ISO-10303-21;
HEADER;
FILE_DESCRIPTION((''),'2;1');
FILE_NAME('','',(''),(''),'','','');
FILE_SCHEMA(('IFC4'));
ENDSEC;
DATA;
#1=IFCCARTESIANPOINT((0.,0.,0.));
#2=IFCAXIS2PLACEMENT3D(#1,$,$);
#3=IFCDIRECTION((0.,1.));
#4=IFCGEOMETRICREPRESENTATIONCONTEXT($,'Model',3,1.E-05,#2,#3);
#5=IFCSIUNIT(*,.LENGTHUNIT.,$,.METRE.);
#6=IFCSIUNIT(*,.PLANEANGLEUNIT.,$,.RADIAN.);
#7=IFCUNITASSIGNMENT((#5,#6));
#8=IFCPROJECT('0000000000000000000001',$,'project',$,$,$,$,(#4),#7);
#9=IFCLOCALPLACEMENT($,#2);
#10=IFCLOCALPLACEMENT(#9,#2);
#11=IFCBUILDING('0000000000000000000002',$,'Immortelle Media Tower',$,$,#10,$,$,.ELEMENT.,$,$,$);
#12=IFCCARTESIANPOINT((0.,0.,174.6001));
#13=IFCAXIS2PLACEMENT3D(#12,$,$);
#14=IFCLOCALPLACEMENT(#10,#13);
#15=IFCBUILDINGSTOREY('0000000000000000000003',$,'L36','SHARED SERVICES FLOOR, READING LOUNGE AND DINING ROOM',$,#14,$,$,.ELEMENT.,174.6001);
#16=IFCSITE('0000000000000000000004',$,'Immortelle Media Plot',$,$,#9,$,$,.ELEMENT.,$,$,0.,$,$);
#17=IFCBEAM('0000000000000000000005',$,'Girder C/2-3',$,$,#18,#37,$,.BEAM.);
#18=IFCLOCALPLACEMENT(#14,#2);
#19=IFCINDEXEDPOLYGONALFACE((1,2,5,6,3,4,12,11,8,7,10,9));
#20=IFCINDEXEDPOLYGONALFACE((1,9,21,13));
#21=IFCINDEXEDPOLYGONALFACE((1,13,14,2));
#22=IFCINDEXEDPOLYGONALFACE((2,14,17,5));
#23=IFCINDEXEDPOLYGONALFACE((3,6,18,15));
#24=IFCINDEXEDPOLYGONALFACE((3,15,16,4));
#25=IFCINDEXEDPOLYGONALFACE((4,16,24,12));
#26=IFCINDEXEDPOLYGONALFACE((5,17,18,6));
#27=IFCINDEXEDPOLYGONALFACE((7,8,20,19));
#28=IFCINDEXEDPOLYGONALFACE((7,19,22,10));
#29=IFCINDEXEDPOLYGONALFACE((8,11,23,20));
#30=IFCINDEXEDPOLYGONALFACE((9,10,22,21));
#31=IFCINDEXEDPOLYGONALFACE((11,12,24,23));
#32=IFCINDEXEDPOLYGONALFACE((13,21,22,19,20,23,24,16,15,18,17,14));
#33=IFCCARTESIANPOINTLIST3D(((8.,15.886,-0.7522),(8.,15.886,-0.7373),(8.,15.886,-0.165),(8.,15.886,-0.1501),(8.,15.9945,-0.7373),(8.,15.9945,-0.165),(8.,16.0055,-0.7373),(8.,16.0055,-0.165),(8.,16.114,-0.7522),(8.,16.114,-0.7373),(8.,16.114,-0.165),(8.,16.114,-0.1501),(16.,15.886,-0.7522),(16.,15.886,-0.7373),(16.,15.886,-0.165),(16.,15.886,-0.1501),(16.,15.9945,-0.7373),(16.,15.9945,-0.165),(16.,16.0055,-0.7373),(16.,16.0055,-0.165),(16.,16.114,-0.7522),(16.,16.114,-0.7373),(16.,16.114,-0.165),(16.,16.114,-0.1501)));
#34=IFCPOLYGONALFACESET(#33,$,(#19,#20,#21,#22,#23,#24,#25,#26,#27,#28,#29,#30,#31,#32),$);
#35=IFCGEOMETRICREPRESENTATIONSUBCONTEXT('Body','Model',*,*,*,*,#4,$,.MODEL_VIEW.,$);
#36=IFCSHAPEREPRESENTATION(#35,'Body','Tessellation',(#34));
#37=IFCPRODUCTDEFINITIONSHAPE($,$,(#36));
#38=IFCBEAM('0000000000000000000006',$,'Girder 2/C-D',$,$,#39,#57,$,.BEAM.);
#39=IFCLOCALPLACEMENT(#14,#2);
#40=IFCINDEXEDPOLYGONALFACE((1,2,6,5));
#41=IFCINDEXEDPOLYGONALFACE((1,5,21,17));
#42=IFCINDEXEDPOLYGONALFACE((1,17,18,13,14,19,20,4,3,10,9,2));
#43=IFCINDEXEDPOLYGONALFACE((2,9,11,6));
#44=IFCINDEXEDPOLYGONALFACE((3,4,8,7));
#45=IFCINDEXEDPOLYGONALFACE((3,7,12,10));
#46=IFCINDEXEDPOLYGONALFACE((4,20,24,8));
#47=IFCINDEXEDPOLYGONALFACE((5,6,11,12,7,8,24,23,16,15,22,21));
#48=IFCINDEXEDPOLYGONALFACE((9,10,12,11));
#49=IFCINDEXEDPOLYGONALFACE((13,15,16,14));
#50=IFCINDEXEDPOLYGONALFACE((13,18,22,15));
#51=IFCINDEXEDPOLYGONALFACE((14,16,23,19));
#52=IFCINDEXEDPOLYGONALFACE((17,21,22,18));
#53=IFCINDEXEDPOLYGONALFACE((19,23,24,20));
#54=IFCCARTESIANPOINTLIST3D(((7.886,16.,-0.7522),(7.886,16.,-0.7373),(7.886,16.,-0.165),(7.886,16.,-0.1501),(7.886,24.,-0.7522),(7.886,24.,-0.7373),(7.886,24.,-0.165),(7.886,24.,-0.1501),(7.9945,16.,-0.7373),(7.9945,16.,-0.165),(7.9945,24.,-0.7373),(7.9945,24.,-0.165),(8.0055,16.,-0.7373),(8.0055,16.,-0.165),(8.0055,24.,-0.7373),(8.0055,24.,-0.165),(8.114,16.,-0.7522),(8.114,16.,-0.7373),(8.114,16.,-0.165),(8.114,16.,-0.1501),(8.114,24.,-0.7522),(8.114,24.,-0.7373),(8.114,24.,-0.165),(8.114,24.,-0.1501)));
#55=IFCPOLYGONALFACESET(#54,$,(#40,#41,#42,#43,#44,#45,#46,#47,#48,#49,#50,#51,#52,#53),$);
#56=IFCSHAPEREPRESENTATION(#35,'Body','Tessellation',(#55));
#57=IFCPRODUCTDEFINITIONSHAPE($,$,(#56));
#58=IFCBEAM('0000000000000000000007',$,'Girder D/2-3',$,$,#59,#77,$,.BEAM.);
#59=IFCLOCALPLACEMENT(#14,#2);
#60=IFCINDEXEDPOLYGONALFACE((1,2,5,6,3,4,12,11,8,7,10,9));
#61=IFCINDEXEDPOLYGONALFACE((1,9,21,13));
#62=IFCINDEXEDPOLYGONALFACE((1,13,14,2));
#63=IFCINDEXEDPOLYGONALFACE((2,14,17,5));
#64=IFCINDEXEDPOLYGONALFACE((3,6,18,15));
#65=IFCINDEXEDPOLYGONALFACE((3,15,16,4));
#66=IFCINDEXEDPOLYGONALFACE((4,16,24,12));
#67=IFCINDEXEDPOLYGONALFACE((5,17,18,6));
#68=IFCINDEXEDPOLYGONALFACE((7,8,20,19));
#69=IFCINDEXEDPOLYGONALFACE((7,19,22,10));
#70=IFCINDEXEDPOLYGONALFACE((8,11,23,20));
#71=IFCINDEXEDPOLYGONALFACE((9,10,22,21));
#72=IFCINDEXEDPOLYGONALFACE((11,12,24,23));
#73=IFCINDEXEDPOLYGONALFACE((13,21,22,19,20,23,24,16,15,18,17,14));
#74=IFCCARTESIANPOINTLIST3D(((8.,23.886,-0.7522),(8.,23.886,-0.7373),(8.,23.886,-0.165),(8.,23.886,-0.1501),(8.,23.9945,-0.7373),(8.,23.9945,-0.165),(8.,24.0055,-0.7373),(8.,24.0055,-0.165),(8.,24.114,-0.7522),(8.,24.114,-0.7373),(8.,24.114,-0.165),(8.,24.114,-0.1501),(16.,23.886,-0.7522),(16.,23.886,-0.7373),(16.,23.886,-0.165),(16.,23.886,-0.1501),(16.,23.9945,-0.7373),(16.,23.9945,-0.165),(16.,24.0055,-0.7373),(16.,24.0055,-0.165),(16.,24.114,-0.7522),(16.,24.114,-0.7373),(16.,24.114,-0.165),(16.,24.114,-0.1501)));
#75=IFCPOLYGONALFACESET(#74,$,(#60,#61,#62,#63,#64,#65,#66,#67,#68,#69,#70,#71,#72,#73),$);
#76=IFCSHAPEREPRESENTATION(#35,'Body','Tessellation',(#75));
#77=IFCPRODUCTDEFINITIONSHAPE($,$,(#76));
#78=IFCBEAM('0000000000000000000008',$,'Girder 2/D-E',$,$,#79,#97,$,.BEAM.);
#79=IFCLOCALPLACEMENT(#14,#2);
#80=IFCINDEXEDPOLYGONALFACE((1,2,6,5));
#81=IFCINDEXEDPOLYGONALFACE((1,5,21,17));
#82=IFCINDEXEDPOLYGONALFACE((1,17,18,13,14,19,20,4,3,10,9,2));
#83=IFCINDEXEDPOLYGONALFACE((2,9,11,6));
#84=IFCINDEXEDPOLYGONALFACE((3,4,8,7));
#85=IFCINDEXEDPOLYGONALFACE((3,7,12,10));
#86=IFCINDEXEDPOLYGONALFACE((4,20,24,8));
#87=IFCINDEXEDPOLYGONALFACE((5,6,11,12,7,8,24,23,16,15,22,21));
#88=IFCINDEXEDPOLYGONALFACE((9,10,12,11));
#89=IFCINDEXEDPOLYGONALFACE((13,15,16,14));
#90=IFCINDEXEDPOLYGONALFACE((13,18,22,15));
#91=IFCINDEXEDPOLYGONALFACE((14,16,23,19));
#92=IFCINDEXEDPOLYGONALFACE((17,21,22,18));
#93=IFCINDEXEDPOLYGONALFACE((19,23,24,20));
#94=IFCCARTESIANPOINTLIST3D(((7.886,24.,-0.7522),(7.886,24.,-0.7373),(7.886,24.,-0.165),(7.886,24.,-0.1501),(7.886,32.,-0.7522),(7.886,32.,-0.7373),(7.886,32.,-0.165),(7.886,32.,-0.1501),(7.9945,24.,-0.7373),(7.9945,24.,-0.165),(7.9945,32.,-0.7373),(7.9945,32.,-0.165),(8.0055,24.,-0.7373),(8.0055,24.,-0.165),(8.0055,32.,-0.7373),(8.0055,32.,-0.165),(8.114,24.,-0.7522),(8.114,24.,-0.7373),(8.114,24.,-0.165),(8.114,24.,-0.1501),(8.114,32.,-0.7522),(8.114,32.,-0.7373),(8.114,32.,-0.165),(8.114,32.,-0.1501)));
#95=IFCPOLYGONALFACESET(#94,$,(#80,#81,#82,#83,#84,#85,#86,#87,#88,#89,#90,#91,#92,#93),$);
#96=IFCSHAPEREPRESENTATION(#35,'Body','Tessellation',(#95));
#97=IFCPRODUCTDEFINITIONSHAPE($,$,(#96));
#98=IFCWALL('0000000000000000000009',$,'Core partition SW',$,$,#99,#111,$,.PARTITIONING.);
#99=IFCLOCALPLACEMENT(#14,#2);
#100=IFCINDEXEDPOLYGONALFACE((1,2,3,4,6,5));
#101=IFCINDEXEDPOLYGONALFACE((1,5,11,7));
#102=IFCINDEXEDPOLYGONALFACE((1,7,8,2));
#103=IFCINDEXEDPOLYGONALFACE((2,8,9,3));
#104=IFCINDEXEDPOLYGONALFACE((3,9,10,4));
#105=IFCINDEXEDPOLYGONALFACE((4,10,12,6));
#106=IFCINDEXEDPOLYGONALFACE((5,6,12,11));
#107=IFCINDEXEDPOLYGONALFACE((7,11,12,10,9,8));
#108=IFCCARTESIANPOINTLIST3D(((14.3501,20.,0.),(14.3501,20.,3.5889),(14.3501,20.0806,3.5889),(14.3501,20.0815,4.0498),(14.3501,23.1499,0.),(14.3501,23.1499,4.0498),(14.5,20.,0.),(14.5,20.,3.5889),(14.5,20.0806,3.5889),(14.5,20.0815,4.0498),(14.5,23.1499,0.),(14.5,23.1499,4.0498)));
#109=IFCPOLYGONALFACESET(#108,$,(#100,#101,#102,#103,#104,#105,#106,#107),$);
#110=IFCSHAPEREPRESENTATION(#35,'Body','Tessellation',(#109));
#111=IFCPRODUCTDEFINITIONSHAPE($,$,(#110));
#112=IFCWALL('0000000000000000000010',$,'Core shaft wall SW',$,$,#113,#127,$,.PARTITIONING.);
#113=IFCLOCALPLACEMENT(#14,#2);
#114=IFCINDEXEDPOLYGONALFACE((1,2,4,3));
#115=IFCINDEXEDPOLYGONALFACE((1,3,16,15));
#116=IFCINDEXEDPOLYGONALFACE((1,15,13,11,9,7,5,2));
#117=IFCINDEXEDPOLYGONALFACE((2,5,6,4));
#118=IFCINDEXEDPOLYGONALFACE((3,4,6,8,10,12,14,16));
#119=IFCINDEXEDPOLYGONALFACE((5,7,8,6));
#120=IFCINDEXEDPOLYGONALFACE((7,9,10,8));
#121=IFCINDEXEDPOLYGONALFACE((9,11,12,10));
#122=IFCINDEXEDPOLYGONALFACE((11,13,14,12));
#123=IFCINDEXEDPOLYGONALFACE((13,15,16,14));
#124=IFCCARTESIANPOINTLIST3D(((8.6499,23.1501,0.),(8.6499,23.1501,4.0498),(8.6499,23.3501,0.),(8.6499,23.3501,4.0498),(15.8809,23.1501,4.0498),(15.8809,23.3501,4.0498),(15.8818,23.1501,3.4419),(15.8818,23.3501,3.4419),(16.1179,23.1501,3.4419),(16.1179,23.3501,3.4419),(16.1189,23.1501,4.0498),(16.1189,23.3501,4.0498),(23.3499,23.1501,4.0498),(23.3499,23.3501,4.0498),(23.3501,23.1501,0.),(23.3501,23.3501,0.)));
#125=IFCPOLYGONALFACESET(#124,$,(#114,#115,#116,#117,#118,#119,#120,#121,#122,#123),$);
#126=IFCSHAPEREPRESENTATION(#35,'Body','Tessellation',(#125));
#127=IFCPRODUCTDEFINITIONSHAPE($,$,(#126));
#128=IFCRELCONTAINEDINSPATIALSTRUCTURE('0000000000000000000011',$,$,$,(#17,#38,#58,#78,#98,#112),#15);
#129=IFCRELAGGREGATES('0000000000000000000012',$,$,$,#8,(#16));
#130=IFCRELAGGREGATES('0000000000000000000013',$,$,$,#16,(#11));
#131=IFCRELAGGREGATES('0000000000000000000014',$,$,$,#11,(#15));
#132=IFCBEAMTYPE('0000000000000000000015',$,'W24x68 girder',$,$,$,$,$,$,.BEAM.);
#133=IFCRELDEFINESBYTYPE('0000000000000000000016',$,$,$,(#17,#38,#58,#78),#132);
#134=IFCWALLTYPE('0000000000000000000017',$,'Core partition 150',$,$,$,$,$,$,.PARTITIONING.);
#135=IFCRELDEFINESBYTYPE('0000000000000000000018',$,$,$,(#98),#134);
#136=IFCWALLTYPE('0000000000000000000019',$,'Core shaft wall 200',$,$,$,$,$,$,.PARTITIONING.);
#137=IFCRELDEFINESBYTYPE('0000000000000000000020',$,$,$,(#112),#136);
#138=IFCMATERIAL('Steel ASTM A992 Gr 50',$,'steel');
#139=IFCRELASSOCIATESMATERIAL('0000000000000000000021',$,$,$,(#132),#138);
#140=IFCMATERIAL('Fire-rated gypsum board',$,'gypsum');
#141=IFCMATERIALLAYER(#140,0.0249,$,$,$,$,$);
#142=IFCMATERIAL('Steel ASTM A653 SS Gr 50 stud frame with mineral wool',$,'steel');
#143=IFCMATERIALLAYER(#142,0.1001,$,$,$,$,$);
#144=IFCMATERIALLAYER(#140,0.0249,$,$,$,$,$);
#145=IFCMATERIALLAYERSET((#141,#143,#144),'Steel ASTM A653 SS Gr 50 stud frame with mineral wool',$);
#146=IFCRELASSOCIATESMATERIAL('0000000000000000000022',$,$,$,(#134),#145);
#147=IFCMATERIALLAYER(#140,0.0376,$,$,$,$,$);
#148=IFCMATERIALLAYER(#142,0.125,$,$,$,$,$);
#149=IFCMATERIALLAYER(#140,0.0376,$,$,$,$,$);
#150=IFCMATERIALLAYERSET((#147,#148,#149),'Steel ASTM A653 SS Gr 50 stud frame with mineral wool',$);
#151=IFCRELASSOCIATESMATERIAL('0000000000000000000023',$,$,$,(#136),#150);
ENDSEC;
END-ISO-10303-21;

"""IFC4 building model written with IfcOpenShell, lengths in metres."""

from ifc_helpers import new_model, si_unit, direction, frame, origin, origin_2d, place, context, subcontext, project, spatial, polyline, i_section, outline, extrude, material, layer, layer_set, material_profile, profile_set, type_object, element, save


model = new_model("IFC4")

# Units and contexts
model_context = context("Model", 3, precision=1e-05, world=origin(), true_north=direction((0.0, 1.0)))
body_context = subcontext(model_context, "Body", "Model", "MODEL_VIEW")
ifc_project = project(units=[si_unit("LENGTHUNIT", "METRE"), si_unit("PLANEANGLEUNIT", "RADIAN")], contexts=[model_context])

# Site, building, storey
site_placement = place(None, origin())
site = spatial("IfcSite", under=ifc_project, at=site_placement, Name="Immortelle Media Plot", CompositionType="ELEMENT", RefElevation=0.0)
building_placement = place(site_placement, origin())
building = spatial("IfcBuilding", under=site, at=building_placement, Name="Immortelle Media Tower", CompositionType="ELEMENT")
storey_placement = place(building_placement, frame((0.0, 0.0, 174.6001)))
storey = spatial("IfcBuildingStorey", under=building, at=storey_placement, Name="L36", Description="SHARED SERVICES FLOOR, READING LOUNGE AND DINING ROOM", CompositionType="ELEMENT", Elevation=174.6001)

# Shared definitions
ifc_material_1 = material(Name="Steel ASTM A992 Gr 50", Category="steel")

# Beams
ifc_material_profile_1 = material_profile(ifc_material_1, i_section(OverallWidth=0.228, OverallDepth=0.6021, WebThickness=0.011, FlangeThickness=0.0149, at=origin_2d()), Name="W24x68")
ifc_profile_set_1 = profile_set([ifc_material_profile_1], Name="Steel ASTM A992 Gr 50")
beam_type_1 = type_object("IfcBeamType", Name="W24x68 girder", PredefinedType="BEAM", material=ifc_profile_set_1)
for number, where, z_axis, x_axis, name in (
    (1, (8.0, 16.0, -0.4512), (1.0, 0.0, 0.0), (0.0, 1.0, 0.0), "Girder C/2-3"),
    (2, (8.0, 16.0, -0.4512), (0.0, 1.0, 0.0), (-1.0, 0.0, 0.0), "Girder 2/C-D"),
    (3, (8.0, 24.0, -0.4512), (1.0, 0.0, 0.0), (0.0, 1.0, 0.0), "Girder D/2-3"),
    (4, (8.0, 24.0, -0.4512), (0.0, 1.0, 0.0), (-1.0, 0.0, 0.0), "Girder 2/D-E"),
):
    element("IfcBeam", number, at=place(storey_placement, frame(where, z_axis=z_axis, x_axis=x_axis)), inside=storey, type_object=beam_type_1, Name=name, PredefinedType="BEAM", context=body_context, shape_type="SweptSolid", body=[
        extrude(i_section(OverallWidth=0.228, OverallDepth=0.6021, WebThickness=0.011, FlangeThickness=0.0149, at=origin_2d()), origin(), (0.0, 0.0, 1.0), 8.0),
    ])

# Walls
ifc_material_2 = material(Name="Fire-rated gypsum board", Category="gypsum")
ifc_layer_1 = layer(ifc_material_2, 0.0249)
ifc_material_3 = material(Name="Steel ASTM A653 SS Gr 50 stud frame with mineral wool", Category="steel")
ifc_layer_2 = layer(ifc_material_3, 0.1001)
ifc_layer_3 = layer(ifc_material_2, 0.0249)
ifc_layer_set_1 = layer_set([ifc_layer_1, ifc_layer_2, ifc_layer_3], Name="Steel ASTM A653 SS Gr 50 stud frame with mineral wool")
wall_type_1 = type_object("IfcWallType", Name="Core partition 150", PredefinedType="PARTITIONING", material=ifc_layer_set_1)
wall_1_placement = place(storey_placement, frame((14.425, 20.0, 0.0), z_axis=(0.0, 0.0, 1.0), x_axis=(0.0, 1.0, 0.0)))
element("IfcWall", 5, at=wall_1_placement, inside=storey, type_object=wall_type_1, Name="Core partition SW", PredefinedType="PARTITIONING", context=body_context, shape_type="SweptSolid", body=[
    extrude(outline(polyline([(0.0, 0.0), (3.1499, 0.0), (3.1499, 4.0498), (0.0815, 4.0498), (0.0806, 3.5889), (0.0, 3.5889), (0.0, 0.0)])), frame((0.0, 0.075, 0.0), z_axis=(0.0, -1.0, 0.0), x_axis=(1.0, 0.0, 0.0)), (0.0, 0.0, 1.0), 0.1499),
])
ifc_layer_4 = layer(ifc_material_2, 0.0376)
ifc_layer_5 = layer(ifc_material_3, 0.125)
ifc_layer_6 = layer(ifc_material_2, 0.0376)
ifc_layer_set_2 = layer_set([ifc_layer_4, ifc_layer_5, ifc_layer_6], Name="Steel ASTM A653 SS Gr 50 stud frame with mineral wool")
wall_type_2 = type_object("IfcWallType", Name="Core shaft wall 200", PredefinedType="PARTITIONING", material=ifc_layer_set_2)
wall_2_placement = place(storey_placement, frame((8.6499, 23.25, 0.0), z_axis=(0.0, 0.0, 1.0), x_axis=(1.0, 0.0, 0.0)))
element("IfcWall", 6, at=wall_2_placement, inside=storey, type_object=wall_type_2, Name="Core shaft wall SW", PredefinedType="PARTITIONING", context=body_context, shape_type="SweptSolid", body=[
    extrude(outline(polyline([(0.0, 0.0), (14.7002, 0.0), (14.7, 4.0498), (7.469, 4.0498), (7.468, 3.4419), (7.2319, 3.4419), (7.231, 4.0498), (0.0, 4.0498), (0.0, 0.0)])), frame((0.0, 0.1001, 0.0), z_axis=(0.0, -1.0, 0.0), x_axis=(1.0, 0.0, 0.0)), (0.0, 0.0, 1.0), 0.2),
])

save(model, "model.ifc")
